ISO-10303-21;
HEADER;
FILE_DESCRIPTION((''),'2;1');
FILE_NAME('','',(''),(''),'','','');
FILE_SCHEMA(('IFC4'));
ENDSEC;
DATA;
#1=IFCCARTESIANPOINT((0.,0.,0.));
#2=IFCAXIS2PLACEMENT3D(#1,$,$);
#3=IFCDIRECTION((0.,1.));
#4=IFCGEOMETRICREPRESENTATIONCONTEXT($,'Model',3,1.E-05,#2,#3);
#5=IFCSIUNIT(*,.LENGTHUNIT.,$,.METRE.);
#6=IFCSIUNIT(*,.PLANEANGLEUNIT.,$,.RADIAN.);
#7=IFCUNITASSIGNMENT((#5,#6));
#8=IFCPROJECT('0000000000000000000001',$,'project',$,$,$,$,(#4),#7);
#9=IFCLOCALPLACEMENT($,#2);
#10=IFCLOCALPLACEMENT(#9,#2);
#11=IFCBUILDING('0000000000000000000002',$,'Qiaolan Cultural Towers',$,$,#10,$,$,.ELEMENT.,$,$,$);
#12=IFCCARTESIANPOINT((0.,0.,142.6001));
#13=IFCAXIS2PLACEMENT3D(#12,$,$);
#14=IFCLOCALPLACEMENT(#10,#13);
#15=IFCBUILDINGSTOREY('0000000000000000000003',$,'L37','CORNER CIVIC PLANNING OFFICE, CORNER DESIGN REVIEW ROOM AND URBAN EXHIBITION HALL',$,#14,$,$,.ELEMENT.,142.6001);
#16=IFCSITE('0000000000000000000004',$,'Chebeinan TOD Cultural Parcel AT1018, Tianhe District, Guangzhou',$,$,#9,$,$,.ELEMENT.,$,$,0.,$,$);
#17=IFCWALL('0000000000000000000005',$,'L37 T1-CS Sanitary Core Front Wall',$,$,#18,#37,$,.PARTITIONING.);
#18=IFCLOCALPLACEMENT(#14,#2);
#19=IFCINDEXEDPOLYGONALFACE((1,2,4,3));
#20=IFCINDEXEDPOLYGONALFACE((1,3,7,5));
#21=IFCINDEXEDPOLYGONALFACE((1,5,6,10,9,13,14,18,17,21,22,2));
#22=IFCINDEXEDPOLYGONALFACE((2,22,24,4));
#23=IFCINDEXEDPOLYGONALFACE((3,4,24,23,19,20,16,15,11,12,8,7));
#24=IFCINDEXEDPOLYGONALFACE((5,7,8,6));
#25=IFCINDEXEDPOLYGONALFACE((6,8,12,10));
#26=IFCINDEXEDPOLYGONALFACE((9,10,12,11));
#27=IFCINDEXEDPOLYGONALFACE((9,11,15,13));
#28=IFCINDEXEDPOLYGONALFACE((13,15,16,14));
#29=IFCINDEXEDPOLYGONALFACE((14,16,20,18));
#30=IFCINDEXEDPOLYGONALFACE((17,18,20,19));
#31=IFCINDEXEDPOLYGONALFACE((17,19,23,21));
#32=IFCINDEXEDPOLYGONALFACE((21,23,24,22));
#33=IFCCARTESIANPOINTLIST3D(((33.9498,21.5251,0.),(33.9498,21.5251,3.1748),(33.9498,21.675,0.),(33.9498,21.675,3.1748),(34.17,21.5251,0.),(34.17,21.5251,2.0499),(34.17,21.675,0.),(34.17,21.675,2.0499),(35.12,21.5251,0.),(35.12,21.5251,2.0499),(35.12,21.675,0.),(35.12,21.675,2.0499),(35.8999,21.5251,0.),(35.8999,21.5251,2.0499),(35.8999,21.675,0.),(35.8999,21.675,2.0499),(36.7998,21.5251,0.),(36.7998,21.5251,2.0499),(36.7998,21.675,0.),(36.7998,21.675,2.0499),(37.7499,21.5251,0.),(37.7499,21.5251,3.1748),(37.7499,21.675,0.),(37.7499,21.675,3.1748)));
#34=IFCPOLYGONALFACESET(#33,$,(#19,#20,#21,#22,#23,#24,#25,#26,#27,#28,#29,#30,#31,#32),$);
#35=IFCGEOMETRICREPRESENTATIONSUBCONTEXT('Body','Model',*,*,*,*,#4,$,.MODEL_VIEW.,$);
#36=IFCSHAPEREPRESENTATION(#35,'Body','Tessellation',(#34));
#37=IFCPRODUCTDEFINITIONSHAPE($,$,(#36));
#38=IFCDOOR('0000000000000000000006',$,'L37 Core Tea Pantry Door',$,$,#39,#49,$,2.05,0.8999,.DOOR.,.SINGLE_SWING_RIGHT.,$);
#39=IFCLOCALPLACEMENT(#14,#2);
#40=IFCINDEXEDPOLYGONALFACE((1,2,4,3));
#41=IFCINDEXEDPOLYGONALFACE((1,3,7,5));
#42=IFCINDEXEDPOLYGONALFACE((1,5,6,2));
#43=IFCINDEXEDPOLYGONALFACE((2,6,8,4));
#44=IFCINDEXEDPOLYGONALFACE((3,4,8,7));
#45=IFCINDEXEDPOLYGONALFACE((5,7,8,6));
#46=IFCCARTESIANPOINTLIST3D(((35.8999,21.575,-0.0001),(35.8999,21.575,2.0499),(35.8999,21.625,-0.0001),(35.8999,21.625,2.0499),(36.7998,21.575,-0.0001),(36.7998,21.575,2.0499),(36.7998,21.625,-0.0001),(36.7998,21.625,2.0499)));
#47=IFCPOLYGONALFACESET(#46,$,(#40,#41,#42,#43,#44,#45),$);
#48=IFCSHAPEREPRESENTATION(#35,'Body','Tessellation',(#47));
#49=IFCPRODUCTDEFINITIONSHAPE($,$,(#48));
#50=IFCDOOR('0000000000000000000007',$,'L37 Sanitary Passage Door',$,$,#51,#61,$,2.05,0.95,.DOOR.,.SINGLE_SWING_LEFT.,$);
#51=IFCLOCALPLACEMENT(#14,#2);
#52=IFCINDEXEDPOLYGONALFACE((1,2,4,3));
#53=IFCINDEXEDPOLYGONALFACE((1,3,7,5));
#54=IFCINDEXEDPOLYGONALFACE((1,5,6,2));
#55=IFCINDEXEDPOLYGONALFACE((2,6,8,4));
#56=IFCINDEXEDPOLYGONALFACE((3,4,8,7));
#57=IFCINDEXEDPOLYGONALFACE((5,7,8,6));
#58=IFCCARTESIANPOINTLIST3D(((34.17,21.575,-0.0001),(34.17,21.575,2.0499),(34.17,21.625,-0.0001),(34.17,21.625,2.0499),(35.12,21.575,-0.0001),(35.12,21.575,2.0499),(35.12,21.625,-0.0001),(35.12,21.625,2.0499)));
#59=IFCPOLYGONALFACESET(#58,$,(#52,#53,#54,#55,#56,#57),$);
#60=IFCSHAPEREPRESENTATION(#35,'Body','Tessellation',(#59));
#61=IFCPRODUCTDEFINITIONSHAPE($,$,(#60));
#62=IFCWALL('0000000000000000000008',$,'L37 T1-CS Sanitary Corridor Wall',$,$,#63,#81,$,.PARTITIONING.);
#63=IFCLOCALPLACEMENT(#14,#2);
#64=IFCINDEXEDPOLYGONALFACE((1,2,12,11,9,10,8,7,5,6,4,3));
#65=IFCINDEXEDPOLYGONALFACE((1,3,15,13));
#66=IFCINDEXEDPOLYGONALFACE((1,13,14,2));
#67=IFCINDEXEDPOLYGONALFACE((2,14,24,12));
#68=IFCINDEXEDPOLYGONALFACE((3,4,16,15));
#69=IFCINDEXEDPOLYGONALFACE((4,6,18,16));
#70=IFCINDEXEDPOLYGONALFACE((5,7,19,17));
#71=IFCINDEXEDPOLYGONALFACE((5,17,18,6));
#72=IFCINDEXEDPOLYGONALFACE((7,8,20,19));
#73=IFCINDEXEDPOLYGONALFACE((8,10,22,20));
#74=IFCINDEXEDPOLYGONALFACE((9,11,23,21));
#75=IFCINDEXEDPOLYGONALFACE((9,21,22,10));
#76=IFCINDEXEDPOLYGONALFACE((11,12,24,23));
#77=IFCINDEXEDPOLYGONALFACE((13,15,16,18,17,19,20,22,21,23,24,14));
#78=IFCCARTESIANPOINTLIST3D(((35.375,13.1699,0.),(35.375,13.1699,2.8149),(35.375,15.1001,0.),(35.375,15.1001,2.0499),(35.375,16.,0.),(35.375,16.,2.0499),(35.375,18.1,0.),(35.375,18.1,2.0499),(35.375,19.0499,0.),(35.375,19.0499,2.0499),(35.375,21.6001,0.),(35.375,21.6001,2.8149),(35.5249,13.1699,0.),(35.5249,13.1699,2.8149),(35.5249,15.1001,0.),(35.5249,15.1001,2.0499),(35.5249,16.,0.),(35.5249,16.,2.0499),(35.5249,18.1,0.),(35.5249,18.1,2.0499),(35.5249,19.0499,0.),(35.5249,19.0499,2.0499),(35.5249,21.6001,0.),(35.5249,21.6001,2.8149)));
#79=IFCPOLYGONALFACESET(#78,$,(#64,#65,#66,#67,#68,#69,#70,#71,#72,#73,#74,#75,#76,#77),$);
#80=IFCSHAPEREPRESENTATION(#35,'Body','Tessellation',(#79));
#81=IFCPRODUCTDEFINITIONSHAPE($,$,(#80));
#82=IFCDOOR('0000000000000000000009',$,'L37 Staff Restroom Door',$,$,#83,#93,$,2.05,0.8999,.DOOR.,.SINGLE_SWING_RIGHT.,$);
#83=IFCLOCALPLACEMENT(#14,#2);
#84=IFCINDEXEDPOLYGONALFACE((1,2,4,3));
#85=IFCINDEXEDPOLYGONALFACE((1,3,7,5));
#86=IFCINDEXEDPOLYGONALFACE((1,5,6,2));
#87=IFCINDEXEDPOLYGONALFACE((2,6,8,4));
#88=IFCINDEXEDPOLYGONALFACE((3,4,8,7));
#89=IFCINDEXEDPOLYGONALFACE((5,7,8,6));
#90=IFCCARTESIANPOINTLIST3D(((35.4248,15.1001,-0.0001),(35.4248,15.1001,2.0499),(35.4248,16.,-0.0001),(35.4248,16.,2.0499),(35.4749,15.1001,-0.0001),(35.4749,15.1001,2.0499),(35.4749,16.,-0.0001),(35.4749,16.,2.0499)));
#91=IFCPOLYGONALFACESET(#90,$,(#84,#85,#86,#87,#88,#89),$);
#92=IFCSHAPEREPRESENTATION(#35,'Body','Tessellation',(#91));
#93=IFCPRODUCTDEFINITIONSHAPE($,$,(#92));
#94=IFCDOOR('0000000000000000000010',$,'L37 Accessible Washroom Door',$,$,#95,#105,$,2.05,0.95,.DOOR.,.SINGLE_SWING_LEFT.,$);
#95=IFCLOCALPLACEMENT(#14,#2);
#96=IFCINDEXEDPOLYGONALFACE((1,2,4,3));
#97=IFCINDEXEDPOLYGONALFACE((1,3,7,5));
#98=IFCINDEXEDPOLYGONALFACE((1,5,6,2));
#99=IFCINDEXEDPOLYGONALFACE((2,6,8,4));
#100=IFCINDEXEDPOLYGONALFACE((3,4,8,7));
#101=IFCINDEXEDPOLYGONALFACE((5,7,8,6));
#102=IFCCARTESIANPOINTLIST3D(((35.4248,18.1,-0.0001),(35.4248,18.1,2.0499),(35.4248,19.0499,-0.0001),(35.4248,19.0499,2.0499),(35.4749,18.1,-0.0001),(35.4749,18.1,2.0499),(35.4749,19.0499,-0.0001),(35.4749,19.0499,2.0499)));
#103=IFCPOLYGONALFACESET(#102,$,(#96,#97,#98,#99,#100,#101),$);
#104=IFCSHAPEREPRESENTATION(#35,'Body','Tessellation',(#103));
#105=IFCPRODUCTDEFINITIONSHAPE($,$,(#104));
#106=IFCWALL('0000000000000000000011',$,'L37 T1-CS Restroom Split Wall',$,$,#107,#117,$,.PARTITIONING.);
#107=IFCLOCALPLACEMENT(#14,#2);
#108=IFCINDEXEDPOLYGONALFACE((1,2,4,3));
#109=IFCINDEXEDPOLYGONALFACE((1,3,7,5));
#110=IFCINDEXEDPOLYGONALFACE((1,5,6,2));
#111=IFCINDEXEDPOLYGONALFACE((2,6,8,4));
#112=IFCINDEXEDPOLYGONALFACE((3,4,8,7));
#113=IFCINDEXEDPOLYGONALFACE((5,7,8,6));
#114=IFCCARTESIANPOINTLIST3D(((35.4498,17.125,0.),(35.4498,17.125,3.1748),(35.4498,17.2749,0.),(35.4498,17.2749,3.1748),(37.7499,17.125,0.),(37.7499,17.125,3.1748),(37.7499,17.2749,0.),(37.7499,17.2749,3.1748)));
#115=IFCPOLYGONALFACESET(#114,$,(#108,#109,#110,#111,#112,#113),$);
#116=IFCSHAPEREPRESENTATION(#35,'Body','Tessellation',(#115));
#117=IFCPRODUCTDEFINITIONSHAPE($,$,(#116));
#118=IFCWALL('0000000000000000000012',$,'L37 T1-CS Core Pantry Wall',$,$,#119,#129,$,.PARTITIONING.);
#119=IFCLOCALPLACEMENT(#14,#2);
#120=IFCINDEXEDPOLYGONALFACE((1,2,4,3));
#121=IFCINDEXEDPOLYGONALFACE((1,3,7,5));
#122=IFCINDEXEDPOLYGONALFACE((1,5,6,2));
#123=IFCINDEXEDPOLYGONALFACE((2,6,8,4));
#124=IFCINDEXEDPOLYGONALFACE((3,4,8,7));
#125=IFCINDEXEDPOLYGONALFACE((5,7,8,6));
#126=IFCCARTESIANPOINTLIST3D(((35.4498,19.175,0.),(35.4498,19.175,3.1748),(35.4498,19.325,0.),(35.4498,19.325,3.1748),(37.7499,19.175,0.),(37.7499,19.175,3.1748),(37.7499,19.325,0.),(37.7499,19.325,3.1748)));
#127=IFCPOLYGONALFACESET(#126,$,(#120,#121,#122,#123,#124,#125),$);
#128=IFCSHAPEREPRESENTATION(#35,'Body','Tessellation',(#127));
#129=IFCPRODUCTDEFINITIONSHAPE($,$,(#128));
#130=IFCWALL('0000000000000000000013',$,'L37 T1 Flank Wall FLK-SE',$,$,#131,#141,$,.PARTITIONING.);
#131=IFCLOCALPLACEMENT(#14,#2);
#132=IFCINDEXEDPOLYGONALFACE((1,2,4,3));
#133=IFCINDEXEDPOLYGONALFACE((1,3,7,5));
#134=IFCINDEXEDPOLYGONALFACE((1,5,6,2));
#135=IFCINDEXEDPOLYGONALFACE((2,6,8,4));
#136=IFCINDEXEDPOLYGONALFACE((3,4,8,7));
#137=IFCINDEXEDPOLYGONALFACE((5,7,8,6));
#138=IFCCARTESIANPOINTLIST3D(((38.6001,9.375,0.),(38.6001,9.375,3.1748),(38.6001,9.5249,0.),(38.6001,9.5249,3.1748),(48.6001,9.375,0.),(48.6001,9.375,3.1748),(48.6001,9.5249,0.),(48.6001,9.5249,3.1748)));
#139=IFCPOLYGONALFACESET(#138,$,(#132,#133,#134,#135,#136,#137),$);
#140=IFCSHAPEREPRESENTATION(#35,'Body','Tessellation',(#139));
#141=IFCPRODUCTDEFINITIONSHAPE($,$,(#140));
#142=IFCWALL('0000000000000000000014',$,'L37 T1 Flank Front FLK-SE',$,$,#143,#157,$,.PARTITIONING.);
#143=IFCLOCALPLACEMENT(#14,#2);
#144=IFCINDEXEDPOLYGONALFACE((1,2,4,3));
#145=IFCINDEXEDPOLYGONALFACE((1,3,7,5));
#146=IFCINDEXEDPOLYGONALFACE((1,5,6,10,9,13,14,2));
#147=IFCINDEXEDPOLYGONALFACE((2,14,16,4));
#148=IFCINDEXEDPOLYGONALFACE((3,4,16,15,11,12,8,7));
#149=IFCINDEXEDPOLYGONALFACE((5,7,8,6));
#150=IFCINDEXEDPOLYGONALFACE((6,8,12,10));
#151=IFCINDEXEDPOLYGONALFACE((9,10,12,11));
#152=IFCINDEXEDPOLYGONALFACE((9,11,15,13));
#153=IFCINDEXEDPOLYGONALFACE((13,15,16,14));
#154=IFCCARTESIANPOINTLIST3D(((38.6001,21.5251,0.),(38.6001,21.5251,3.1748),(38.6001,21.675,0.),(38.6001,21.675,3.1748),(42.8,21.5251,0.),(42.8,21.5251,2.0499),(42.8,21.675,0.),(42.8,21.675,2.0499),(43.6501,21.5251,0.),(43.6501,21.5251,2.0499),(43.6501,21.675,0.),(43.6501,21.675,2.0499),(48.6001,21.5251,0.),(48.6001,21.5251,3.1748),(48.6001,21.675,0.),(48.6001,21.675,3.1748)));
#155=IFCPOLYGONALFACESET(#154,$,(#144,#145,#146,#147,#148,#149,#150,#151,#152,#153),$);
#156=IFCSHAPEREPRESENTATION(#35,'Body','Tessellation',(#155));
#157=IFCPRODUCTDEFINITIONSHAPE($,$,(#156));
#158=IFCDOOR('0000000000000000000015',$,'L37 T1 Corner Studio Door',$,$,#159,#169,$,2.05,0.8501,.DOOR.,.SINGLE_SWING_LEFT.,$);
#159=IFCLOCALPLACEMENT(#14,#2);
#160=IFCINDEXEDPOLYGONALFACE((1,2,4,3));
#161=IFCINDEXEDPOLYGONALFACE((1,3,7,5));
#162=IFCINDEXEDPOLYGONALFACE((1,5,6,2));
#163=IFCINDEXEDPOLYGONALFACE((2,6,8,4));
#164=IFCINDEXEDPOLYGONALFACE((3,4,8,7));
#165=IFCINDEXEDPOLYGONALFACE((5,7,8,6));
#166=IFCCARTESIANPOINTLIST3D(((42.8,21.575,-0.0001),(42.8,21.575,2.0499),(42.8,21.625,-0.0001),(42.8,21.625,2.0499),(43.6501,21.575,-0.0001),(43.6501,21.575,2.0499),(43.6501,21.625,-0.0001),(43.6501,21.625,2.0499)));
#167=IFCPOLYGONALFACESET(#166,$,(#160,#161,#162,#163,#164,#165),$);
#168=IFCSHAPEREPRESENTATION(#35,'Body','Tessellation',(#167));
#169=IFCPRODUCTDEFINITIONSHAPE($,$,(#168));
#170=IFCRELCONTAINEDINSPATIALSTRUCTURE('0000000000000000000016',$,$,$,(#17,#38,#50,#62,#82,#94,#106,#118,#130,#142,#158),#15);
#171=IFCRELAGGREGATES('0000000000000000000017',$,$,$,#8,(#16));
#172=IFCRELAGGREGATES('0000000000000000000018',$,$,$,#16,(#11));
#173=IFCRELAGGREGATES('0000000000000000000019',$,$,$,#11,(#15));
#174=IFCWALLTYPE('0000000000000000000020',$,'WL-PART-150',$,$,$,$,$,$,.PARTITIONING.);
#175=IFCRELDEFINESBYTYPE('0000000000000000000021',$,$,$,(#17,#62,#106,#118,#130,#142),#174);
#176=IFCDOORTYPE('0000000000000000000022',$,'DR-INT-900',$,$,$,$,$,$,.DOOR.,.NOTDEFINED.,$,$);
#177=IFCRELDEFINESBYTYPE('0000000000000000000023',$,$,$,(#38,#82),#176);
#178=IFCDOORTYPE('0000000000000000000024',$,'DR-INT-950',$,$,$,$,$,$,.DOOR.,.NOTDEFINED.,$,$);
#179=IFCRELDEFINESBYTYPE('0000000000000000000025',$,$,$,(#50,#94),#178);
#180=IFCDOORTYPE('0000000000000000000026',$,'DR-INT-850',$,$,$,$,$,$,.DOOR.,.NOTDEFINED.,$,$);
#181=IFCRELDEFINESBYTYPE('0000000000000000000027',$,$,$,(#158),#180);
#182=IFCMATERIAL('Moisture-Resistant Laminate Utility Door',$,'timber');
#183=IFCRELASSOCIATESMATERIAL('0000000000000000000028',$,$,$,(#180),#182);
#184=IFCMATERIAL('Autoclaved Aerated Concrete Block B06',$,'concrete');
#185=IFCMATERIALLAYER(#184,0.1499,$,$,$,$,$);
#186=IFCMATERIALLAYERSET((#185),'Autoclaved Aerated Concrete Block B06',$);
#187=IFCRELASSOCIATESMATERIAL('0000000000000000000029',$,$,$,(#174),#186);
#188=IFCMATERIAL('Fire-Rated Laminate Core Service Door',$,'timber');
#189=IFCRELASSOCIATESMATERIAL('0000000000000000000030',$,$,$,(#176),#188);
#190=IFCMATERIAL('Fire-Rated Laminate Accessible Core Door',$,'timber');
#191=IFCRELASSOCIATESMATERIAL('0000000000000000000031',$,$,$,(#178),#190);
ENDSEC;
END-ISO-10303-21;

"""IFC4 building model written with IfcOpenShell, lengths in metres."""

from ifc_helpers import new_model, si_unit, direction, frame, frame_2d, origin, place, context, subcontext, project, spatial, rectangle, extrude, material, layer, layer_set, type_object, element, fill, save


model = new_model("IFC4")

# Units and contexts
model_context = context("Model", 3, precision=1e-05, world=origin(), true_north=direction((0.0, 1.0)))
body_context = subcontext(model_context, "Body", "Model", "MODEL_VIEW")
ifc_project = project(units=[si_unit("LENGTHUNIT", "METRE"), si_unit("PLANEANGLEUNIT", "RADIAN")], contexts=[model_context])

# Site, building, storey
site_placement = place(None, origin())
site = spatial("IfcSite", under=ifc_project, at=site_placement, Name="Chebeinan TOD Cultural Parcel AT1018, Tianhe District, Guangzhou", CompositionType="ELEMENT", RefElevation=0.0)
building_placement = place(site_placement, origin())
building = spatial("IfcBuilding", under=site, at=building_placement, Name="Qiaolan Cultural Towers", CompositionType="ELEMENT")
storey_placement = place(building_placement, frame((0.0, 0.0, 142.6001)))
storey = spatial("IfcBuildingStorey", under=building, at=storey_placement, Name="L37", Description="CORNER CIVIC PLANNING OFFICE, CORNER DESIGN REVIEW ROOM AND URBAN EXHIBITION HALL", CompositionType="ELEMENT", Elevation=142.6001)

# Shared definitions
ifc_material_1 = material(Name="Moisture-Resistant Laminate Utility Door", Category="timber")
door_type_1 = type_object("IfcDoorType", Name="DR-INT-850", OperationType="NOTDEFINED", PredefinedType="DOOR", material=ifc_material_1)

# Walls, openings, doors
ifc_material_2 = material(Name="Autoclaved Aerated Concrete Block B06", Category="concrete")
ifc_layer_1 = layer(ifc_material_2, 0.1499)
ifc_layer_set_1 = layer_set([ifc_layer_1], Name="Autoclaved Aerated Concrete Block B06")
wall_type_1 = type_object("IfcWallType", Name="WL-PART-150", PredefinedType="PARTITIONING", material=ifc_layer_set_1)
wall_1_placement = place(storey_placement, frame((33.95, 21.6001, 0.0), z_axis=(0.0, 0.0, 1.0), x_axis=(1.0, 0.0, 0.0)))
wall_1 = element("IfcWall", 1, at=wall_1_placement, inside=storey, type_object=wall_type_1, Name="L37 T1-CS Sanitary Core Front Wall", PredefinedType="PARTITIONING", context=body_context, shape_type="SweptSolid", body=[
    extrude(rectangle(XDim=3.8, YDim=0.1499, at=frame_2d((1.8999, 0.0))), origin(), (0.0, 0.0, 1.0), 3.1748),
])
opening_1_placement = place(wall_1_placement, frame((0.22, 0.0, 0.0)))
opening_1 = element("IfcOpeningElement", 2, at=opening_1_placement, cuts=wall_1, PredefinedType="OPENING", context=body_context, shape_type="SweptSolid", body=[
    extrude(rectangle(XDim=0.95, YDim=2.05, at=frame_2d((0.4751, 1.0249))), frame((0.0, 0.085, 0.0), z_axis=(0.0, -1.0, 0.0), x_axis=(1.0, 0.0, 0.0)), (0.0, 0.0, 1.0), 0.1699),
])
opening_2_placement = place(wall_1_placement, frame((1.95, 0.0, 0.0)))
opening_2 = element("IfcOpeningElement", 3, at=opening_2_placement, cuts=wall_1, PredefinedType="OPENING", context=body_context, shape_type="SweptSolid", body=[
    extrude(rectangle(XDim=0.8999, YDim=2.05, at=frame_2d((0.45, 1.0249))), frame((0.0, 0.085, 0.0), z_axis=(0.0, -1.0, 0.0), x_axis=(1.0, 0.0, 0.0)), (0.0, 0.0, 1.0), 0.1699),
])
ifc_material_3 = material(Name="Fire-Rated Laminate Core Service Door", Category="timber")
door_type_2 = type_object("IfcDoorType", Name="DR-INT-900", OperationType="NOTDEFINED", PredefinedType="DOOR", material=ifc_material_3)
door_1_placement = place(opening_2_placement, origin())
door_1 = element("IfcDoor", 4, at=door_1_placement, inside=storey, type_object=door_type_2, Name="L37 Core Tea Pantry Door", OperationType="SINGLE_SWING_RIGHT", OverallHeight=2.05, OverallWidth=0.8999, PredefinedType="DOOR", context=body_context, shape_type="SweptSolid", body=[
    extrude(rectangle(XDim=0.8999, YDim=2.05, at=frame_2d((0.45, 1.0249))), frame((0.0, 0.0249, 0.0), z_axis=(0.0, -1.0, 0.0), x_axis=(1.0, 0.0, 0.0)), (0.0, 0.0, 1.0), 0.05),
])
fill(opening_2, door_1)
ifc_material_4 = material(Name="Fire-Rated Laminate Accessible Core Door", Category="timber")
door_type_3 = type_object("IfcDoorType", Name="DR-INT-950", OperationType="NOTDEFINED", PredefinedType="DOOR", material=ifc_material_4)
door_2_placement = place(opening_1_placement, origin())
door_2 = element("IfcDoor", 5, at=door_2_placement, inside=storey, type_object=door_type_3, Name="L37 Sanitary Passage Door", OperationType="SINGLE_SWING_LEFT", OverallHeight=2.05, OverallWidth=0.95, PredefinedType="DOOR", context=body_context, shape_type="SweptSolid", body=[
    extrude(rectangle(XDim=0.95, YDim=2.05, at=frame_2d((0.4751, 1.0249))), frame((0.0, 0.0249, 0.0), z_axis=(0.0, -1.0, 0.0), x_axis=(1.0, 0.0, 0.0)), (0.0, 0.0, 1.0), 0.05),
])
fill(opening_1, door_2)
wall_2_placement = place(storey_placement, frame((35.45, 21.6001, 0.0), z_axis=(0.0, 0.0, 1.0), x_axis=(0.0, -1.0, 0.0)))
wall_2 = element("IfcWall", 6, at=wall_2_placement, inside=storey, type_object=wall_type_1, Name="L37 T1-CS Sanitary Corridor Wall", PredefinedType="PARTITIONING", context=body_context, shape_type="SweptSolid", body=[
    extrude(rectangle(XDim=8.4302, YDim=0.1499, at=frame_2d((4.2151, 0.0))), origin(), (0.0, 0.0, 1.0), 2.8149),
])
opening_3_placement = place(wall_2_placement, frame((2.55, 0.0, 0.0)))
opening_3 = element("IfcOpeningElement", 7, at=opening_3_placement, cuts=wall_2, PredefinedType="OPENING", context=body_context, shape_type="SweptSolid", body=[
    extrude(rectangle(XDim=0.95, YDim=2.05, at=frame_2d((0.4751, 1.0249))), frame((0.0, 0.085, 0.0), z_axis=(0.0, -1.0, 0.0), x_axis=(1.0, 0.0, 0.0)), (0.0, 0.0, 1.0), 0.1699),
])
opening_4_placement = place(wall_2_placement, frame((5.6001, 0.0, 0.0)))
opening_4 = element("IfcOpeningElement", 8, at=opening_4_placement, cuts=wall_2, PredefinedType="OPENING", context=body_context, shape_type="SweptSolid", body=[
    extrude(rectangle(XDim=0.8999, YDim=2.05, at=frame_2d((0.45, 1.0249))), frame((0.0, 0.085, 0.0), z_axis=(0.0, -1.0, 0.0), x_axis=(1.0, 0.0, 0.0)), (0.0, 0.0, 1.0), 0.1699),
])
door_3_placement = place(opening_4_placement, origin())
door_3 = element("IfcDoor", 9, at=door_3_placement, inside=storey, type_object=door_type_2, Name="L37 Staff Restroom Door", OperationType="SINGLE_SWING_RIGHT", OverallHeight=2.05, OverallWidth=0.8999, PredefinedType="DOOR", context=body_context, shape_type="SweptSolid", body=[
    extrude(rectangle(XDim=0.8999, YDim=2.05, at=frame_2d((0.45, 1.0249))), frame((0.0, 0.0249, 0.0), z_axis=(0.0, -1.0, 0.0), x_axis=(1.0, 0.0, 0.0)), (0.0, 0.0, 1.0), 0.05),
])
fill(opening_4, door_3)
door_4_placement = place(opening_3_placement, origin())
door_4 = element("IfcDoor", 10, at=door_4_placement, inside=storey, type_object=door_type_3, Name="L37 Accessible Washroom Door", OperationType="SINGLE_SWING_LEFT", OverallHeight=2.05, OverallWidth=0.95, PredefinedType="DOOR", context=body_context, shape_type="SweptSolid", body=[
    extrude(rectangle(XDim=0.95, YDim=2.05, at=frame_2d((0.4751, 1.0249))), frame((0.0, 0.0249, 0.0), z_axis=(0.0, -1.0, 0.0), x_axis=(1.0, 0.0, 0.0)), (0.0, 0.0, 1.0), 0.05),
])
fill(opening_3, door_4)

# Walls
for number, where, z_axis, x_axis, name in (
    (11, (35.45, 17.2, 0.0), (0.0, 0.0, 1.0), (1.0, 0.0, 0.0), "L37 T1-CS Restroom Split Wall"),
    (12, (35.45, 19.25, 0.0), (0.0, 0.0, 1.0), (1.0, 0.0, 0.0), "L37 T1-CS Core Pantry Wall"),
):
    element("IfcWall", number, at=place(storey_placement, frame(where, z_axis=z_axis, x_axis=x_axis)), inside=storey, type_object=wall_type_1, Name=name, PredefinedType="PARTITIONING", context=body_context, shape_type="SweptSolid", body=[
        extrude(rectangle(XDim=2.3, YDim=0.1499, at=frame_2d((1.1499, 0.0))), origin(), (0.0, 0.0, 1.0), 3.1748),
    ])
wall_3_placement = place(storey_placement, frame((38.6001, 9.45, 0.0), z_axis=(0.0, 0.0, 1.0), x_axis=(1.0, 0.0, 0.0)))
element("IfcWall", 13, at=wall_3_placement, inside=storey, type_object=wall_type_1, Name="L37 T1 Flank Wall FLK-SE", PredefinedType="PARTITIONING", context=body_context, shape_type="SweptSolid", body=[
    extrude(rectangle(XDim=10.0, YDim=0.1499, at=frame_2d((5.0, 0.0))), origin(), (0.0, 0.0, 1.0), 3.1748),
])

# Wall, opening, door
wall_4_placement = place(storey_placement, frame((38.6001, 21.6001, 0.0), z_axis=(0.0, 0.0, 1.0), x_axis=(1.0, 0.0, 0.0)))
wall_4 = element("IfcWall", 14, at=wall_4_placement, inside=storey, type_object=wall_type_1, Name="L37 T1 Flank Front FLK-SE", PredefinedType="PARTITIONING", context=body_context, shape_type="SweptSolid", body=[
    extrude(rectangle(XDim=10.0, YDim=0.1499, at=frame_2d((5.0, 0.0))), origin(), (0.0, 0.0, 1.0), 3.1748),
])
opening_5_placement = place(wall_4_placement, frame((4.2, 0.0, 0.0)))
opening_5 = element("IfcOpeningElement", 15, at=opening_5_placement, cuts=wall_4, PredefinedType="OPENING", context=body_context, shape_type="SweptSolid", body=[
    extrude(rectangle(XDim=0.8501, YDim=2.05, at=frame_2d((0.425, 1.0249))), frame((0.0, 0.085, 0.0), z_axis=(0.0, -1.0, 0.0), x_axis=(1.0, 0.0, 0.0)), (0.0, 0.0, 1.0), 0.1699),
])
door_5_placement = place(opening_5_placement, origin())
door_5 = element("IfcDoor", 16, at=door_5_placement, inside=storey, type_object=door_type_1, Name="L37 T1 Corner Studio Door", OperationType="SINGLE_SWING_LEFT", OverallHeight=2.05, OverallWidth=0.8501, PredefinedType="DOOR", context=body_context, shape_type="SweptSolid", body=[
    extrude(rectangle(XDim=0.8501, YDim=2.05, at=frame_2d((0.425, 1.0249))), frame((0.0, 0.0249, 0.0), z_axis=(0.0, -1.0, 0.0), x_axis=(1.0, 0.0, 0.0)), (0.0, 0.0, 1.0), 0.05),
])
fill(opening_5, door_5)

save(model, "model.ifc")
